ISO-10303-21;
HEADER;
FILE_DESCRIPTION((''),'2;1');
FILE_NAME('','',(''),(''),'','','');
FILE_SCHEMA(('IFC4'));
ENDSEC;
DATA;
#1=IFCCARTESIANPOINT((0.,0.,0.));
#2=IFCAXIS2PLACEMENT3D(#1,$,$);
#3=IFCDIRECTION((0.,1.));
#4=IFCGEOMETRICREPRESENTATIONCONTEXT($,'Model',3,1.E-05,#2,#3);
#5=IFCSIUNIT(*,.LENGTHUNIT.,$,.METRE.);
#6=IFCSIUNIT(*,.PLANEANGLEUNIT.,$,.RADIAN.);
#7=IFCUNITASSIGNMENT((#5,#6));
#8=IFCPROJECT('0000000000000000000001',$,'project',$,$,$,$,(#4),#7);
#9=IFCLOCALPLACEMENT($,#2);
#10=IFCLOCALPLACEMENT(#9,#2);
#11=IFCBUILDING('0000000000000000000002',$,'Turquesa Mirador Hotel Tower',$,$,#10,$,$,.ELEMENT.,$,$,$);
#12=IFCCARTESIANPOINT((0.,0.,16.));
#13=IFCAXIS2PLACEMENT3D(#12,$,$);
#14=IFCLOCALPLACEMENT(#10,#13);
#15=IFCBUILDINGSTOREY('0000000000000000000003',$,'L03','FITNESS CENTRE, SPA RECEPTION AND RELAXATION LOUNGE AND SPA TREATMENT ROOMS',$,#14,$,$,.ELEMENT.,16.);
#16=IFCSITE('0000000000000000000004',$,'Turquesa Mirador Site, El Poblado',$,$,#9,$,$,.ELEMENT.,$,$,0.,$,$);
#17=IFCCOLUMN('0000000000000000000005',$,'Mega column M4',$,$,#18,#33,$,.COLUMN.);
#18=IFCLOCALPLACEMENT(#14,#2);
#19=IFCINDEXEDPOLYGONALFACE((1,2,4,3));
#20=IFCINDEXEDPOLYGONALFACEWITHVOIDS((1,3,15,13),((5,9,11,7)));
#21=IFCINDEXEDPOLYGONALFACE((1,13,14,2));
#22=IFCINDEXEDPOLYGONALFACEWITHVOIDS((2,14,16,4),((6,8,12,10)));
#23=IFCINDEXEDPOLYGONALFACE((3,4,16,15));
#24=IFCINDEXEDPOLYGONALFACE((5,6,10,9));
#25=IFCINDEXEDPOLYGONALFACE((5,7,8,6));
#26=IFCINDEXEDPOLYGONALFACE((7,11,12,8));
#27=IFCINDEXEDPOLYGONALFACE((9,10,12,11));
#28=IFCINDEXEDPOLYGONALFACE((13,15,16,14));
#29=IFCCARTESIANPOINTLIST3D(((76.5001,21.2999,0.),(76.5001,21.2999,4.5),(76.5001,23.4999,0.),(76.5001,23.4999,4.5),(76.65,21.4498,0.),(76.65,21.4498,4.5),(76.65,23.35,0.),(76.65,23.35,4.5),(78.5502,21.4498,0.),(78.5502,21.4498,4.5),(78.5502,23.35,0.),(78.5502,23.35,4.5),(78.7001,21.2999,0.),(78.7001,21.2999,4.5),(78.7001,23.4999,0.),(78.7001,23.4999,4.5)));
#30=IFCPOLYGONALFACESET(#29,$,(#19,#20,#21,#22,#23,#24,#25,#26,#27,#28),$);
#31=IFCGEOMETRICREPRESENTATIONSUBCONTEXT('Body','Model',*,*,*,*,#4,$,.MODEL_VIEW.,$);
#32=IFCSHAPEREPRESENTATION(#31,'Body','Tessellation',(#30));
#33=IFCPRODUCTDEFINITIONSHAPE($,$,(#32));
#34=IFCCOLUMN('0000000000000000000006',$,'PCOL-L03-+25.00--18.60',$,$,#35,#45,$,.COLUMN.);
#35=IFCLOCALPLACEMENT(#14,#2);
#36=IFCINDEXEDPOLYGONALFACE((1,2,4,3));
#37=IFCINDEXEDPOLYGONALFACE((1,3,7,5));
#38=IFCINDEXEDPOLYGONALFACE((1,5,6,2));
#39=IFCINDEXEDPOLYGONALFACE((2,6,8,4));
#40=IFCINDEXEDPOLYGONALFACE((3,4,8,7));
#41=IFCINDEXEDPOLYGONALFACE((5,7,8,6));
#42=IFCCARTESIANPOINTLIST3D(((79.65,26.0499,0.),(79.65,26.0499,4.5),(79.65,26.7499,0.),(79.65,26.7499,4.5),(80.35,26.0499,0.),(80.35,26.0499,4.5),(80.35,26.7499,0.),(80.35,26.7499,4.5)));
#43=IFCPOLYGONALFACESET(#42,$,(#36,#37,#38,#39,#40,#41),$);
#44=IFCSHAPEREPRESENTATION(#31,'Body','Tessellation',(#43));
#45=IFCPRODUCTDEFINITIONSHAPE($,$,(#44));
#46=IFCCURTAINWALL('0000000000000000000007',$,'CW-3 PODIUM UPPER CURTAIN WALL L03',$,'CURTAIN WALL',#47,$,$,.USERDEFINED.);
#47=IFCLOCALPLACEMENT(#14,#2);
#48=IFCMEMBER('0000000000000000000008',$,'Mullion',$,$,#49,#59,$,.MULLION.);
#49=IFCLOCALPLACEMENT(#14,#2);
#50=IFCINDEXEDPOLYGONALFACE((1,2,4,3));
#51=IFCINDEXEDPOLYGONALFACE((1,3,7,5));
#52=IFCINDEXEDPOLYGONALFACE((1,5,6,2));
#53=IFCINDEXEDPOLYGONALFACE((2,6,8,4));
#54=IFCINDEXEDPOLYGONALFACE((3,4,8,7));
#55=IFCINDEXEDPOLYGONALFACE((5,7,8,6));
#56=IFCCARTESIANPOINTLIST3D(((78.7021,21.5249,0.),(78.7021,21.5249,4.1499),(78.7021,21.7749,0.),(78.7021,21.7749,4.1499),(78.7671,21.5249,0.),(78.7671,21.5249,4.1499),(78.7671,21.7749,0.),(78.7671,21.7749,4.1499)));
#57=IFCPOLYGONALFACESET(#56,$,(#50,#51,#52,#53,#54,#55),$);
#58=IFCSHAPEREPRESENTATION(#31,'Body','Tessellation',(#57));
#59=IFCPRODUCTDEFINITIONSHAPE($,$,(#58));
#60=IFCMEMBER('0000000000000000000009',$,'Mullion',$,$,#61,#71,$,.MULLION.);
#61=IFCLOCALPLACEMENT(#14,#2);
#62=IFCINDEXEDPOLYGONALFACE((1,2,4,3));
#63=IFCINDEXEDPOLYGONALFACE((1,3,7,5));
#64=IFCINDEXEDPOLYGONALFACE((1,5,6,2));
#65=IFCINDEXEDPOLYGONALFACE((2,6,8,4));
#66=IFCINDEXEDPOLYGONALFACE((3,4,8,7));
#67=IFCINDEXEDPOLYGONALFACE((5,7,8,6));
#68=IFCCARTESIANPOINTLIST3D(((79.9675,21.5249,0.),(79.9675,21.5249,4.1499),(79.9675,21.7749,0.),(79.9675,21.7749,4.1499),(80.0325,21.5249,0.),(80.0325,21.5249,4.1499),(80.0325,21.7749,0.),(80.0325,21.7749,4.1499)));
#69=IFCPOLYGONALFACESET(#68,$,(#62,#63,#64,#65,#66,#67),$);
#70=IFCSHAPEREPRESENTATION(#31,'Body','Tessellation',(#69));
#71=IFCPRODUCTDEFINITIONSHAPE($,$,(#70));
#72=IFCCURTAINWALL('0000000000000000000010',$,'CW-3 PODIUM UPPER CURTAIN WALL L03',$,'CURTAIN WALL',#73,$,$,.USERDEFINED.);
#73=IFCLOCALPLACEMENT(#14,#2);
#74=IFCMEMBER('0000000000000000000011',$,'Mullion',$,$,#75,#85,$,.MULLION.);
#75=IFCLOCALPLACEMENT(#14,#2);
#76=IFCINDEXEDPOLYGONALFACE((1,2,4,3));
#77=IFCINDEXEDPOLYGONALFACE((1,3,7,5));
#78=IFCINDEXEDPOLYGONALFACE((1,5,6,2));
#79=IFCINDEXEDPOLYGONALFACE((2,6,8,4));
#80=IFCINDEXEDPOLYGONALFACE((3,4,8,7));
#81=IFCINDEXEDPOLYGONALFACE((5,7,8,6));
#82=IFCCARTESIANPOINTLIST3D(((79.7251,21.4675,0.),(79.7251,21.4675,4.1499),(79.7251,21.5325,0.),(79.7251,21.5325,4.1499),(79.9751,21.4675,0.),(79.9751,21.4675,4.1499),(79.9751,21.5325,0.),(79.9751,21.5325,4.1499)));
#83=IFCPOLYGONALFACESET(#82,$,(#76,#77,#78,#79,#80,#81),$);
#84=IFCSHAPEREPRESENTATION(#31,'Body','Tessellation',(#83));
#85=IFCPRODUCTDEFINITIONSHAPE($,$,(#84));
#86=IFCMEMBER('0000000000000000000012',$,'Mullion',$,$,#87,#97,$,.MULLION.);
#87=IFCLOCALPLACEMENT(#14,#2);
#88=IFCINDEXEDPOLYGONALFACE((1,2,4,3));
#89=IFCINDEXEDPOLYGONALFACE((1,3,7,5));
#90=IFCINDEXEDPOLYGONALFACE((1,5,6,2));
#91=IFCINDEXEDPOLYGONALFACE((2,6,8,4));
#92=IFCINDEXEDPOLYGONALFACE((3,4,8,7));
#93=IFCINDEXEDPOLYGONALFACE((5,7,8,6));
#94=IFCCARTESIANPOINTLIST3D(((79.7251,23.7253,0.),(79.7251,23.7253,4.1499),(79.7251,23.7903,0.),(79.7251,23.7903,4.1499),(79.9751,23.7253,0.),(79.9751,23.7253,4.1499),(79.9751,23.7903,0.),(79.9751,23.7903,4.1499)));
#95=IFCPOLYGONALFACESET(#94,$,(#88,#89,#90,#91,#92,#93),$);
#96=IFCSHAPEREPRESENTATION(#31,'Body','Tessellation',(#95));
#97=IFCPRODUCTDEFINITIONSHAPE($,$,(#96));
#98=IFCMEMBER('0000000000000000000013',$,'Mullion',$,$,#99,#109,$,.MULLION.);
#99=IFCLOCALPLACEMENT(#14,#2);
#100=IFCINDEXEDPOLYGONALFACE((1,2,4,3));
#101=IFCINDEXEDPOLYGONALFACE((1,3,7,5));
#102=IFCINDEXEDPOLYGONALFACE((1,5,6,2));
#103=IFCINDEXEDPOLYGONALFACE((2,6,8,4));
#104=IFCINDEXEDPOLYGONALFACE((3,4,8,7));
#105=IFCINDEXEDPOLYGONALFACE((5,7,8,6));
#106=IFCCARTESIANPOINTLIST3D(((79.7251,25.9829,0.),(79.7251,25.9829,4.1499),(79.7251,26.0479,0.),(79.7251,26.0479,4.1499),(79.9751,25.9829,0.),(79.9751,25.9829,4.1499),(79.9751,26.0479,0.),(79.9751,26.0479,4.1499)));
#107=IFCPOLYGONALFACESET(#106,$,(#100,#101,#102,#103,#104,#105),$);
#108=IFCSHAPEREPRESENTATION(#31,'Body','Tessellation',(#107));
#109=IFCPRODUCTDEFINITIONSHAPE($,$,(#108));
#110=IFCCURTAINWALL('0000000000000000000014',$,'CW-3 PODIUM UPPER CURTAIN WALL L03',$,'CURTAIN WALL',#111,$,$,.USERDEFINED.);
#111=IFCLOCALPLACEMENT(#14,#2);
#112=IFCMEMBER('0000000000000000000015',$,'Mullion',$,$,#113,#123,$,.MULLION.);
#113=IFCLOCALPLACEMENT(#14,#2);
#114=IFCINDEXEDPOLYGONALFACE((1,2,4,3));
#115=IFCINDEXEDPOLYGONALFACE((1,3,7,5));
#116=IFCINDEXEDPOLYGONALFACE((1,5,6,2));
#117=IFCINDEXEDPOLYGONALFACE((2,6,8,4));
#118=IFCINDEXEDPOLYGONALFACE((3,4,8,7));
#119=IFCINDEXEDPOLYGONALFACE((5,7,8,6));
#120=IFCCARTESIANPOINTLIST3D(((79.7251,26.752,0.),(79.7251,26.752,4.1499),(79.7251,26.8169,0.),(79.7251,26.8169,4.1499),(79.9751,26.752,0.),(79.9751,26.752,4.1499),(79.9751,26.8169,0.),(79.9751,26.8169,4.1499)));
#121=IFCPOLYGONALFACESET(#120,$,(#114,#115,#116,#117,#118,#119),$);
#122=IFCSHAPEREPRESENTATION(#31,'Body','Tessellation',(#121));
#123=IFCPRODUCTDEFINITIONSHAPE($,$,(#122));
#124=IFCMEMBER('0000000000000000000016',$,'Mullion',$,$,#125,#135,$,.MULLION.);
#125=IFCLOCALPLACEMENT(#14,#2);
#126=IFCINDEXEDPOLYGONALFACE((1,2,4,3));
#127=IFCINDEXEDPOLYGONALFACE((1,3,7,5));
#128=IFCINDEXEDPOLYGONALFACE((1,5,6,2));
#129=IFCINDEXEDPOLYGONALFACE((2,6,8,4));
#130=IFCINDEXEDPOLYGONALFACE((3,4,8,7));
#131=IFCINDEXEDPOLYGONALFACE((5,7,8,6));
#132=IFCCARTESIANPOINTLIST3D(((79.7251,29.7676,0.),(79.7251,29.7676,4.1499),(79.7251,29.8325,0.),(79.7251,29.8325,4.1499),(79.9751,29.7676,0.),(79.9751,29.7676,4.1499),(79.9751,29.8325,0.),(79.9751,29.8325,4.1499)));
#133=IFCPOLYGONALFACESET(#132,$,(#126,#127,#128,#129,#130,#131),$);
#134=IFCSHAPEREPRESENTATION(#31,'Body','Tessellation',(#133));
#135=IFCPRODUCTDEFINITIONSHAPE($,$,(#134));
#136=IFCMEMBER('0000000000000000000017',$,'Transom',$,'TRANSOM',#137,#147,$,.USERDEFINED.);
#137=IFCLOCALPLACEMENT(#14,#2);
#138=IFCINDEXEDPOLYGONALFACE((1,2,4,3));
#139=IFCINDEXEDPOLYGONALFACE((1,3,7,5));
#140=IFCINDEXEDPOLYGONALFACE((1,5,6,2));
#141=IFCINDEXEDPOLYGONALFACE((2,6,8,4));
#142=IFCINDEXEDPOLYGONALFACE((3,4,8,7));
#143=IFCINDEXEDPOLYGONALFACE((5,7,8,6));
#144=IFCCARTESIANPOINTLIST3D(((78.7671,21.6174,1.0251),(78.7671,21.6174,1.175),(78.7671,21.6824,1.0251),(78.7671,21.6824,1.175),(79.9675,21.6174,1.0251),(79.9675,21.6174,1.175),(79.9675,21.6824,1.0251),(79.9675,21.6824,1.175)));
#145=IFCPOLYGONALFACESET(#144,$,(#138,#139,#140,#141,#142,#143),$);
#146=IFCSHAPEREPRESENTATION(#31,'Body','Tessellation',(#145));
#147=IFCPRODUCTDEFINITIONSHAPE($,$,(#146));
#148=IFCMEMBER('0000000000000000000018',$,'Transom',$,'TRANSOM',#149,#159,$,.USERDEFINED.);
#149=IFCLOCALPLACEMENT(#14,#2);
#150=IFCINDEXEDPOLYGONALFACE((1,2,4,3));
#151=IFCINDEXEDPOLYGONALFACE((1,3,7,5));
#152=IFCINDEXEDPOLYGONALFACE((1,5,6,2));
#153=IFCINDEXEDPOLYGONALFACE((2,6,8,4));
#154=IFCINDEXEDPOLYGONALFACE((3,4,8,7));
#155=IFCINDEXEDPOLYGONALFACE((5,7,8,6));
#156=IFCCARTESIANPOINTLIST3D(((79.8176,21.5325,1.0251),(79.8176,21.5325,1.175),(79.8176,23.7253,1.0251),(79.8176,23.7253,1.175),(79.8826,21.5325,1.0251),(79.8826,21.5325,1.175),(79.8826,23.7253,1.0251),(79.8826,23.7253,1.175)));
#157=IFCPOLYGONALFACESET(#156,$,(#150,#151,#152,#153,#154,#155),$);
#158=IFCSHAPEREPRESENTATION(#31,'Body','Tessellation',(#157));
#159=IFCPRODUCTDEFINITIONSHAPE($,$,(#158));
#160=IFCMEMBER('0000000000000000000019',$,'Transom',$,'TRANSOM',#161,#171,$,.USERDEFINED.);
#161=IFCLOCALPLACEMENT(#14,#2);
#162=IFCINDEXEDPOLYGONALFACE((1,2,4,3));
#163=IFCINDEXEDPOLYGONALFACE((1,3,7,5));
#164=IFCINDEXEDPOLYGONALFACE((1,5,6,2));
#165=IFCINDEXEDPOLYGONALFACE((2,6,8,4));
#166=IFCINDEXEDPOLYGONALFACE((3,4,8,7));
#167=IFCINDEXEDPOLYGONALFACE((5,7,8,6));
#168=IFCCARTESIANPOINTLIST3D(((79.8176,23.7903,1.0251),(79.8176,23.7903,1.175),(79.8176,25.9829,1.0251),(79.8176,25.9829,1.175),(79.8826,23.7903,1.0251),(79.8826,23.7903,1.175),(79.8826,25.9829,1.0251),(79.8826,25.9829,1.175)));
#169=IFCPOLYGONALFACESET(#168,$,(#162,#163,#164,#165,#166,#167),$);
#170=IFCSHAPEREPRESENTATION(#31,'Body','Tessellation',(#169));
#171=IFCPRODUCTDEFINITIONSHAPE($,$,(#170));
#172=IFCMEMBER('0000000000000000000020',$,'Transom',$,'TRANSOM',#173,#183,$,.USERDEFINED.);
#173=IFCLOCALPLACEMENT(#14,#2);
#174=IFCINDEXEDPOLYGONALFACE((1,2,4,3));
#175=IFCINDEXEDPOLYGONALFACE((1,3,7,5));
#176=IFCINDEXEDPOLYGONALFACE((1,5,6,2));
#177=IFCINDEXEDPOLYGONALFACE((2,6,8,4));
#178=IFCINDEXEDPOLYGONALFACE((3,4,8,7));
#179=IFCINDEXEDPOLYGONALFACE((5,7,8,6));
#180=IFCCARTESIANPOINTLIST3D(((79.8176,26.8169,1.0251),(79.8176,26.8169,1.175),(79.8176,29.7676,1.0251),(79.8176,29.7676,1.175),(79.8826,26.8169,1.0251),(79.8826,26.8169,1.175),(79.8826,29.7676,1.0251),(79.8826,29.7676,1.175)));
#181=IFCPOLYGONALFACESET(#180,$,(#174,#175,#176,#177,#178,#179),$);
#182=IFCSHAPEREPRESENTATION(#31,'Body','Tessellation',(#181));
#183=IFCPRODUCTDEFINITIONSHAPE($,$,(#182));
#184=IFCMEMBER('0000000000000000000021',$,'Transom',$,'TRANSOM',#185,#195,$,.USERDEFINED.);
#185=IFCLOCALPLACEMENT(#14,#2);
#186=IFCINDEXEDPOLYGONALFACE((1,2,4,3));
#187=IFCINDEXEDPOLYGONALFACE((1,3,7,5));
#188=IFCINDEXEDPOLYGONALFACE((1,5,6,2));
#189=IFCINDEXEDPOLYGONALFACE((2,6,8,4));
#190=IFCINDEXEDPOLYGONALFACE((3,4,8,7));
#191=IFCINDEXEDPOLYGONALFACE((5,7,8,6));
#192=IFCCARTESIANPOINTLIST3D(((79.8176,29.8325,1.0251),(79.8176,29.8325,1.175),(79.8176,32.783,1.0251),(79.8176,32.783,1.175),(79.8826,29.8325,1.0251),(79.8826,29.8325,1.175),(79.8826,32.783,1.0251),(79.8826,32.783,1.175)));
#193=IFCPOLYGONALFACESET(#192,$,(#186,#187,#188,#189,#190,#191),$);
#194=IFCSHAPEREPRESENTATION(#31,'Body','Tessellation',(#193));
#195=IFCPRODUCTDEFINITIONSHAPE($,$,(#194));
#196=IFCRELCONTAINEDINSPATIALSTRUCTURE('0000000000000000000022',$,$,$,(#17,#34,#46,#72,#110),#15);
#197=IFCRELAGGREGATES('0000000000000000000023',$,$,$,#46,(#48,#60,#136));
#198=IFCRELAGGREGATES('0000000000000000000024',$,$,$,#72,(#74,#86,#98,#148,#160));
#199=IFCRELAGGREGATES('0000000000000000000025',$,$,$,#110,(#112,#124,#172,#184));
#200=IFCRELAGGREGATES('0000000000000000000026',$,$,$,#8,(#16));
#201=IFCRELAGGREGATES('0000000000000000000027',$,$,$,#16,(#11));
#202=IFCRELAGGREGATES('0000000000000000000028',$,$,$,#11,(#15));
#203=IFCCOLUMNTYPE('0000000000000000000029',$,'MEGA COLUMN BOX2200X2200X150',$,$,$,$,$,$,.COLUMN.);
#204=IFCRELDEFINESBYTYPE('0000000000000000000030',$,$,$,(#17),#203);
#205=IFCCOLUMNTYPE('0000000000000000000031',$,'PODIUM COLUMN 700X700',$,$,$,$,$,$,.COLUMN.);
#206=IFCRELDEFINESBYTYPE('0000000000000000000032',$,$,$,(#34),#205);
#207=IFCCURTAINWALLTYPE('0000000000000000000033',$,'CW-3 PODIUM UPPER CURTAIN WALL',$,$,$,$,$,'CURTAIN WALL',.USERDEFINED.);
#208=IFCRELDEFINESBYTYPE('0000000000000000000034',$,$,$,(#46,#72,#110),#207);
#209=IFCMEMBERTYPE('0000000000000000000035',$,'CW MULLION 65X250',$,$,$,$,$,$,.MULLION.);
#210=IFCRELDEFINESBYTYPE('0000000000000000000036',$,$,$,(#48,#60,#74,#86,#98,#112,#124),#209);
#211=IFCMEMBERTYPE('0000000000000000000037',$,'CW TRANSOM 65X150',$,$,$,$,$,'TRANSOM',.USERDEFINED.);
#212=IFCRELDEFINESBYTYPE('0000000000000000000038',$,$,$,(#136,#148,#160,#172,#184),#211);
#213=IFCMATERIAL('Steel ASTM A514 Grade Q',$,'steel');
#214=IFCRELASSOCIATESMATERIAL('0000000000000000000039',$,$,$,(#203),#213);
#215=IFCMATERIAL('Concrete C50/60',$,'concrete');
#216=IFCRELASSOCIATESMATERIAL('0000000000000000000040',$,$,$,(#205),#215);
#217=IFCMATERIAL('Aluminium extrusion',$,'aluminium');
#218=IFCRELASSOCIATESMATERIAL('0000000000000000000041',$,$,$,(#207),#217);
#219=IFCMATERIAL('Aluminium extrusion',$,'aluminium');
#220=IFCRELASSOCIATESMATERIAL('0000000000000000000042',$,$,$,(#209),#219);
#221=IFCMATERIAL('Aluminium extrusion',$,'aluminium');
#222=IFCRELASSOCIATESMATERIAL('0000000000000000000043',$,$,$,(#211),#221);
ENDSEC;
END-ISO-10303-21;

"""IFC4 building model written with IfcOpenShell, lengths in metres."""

from ifc_helpers import new_model, si_unit, direction, frame, origin, origin_2d, place, context, subcontext, project, spatial, rectangle, hollow_rectangle, extrude, material, material_profile, profile_set, type_object, element, aggregate, save


model = new_model("IFC4")

# Units and contexts
model_context = context("Model", 3, precision=1e-05, world=origin(), true_north=direction((0.0, 1.0)))
body_context = subcontext(model_context, "Body", "Model", "MODEL_VIEW")
ifc_project = project(units=[si_unit("LENGTHUNIT", "METRE"), si_unit("PLANEANGLEUNIT", "RADIAN")], contexts=[model_context])

# Site, building, storey
site_placement = place(None, origin())
site = spatial("IfcSite", under=ifc_project, at=site_placement, Name="Turquesa Mirador Site, El Poblado", CompositionType="ELEMENT", RefElevation=0.0)
building_placement = place(site_placement, origin())
building = spatial("IfcBuilding", under=site, at=building_placement, Name="Turquesa Mirador Hotel Tower", CompositionType="ELEMENT")
storey_placement = place(building_placement, frame((0.0, 0.0, 16.0)))
storey = spatial("IfcBuildingStorey", under=building, at=storey_placement, Name="L03", Description="FITNESS CENTRE, SPA RECEPTION AND RELAXATION LOUNGE AND SPA TREATMENT ROOMS", CompositionType="ELEMENT", Elevation=16.0)

# Columns
ifc_material_1 = material(Name="Steel ASTM A514 Grade Q", Category="steel")
ifc_material_profile_1 = material_profile(ifc_material_1, hollow_rectangle(XDim=2.2, YDim=2.2, WallThickness=0.1499, at=origin_2d()), Name="BOX2200X2200X150")
ifc_profile_set_1 = profile_set([ifc_material_profile_1], Name="Steel ASTM A514 Grade Q")
column_type_1 = type_object("IfcColumnType", Name="MEGA COLUMN BOX2200X2200X150", PredefinedType="COLUMN", material=ifc_profile_set_1)
column_1_placement = place(storey_placement, frame((77.6001, 22.3999, 0.0), z_axis=(0.0, 0.0, 1.0), x_axis=(1.0, 0.0, 0.0)))
element("IfcColumn", 1, at=column_1_placement, inside=storey, type_object=column_type_1, Name="Mega column M4", PredefinedType="COLUMN", context=body_context, shape_type="SweptSolid", body=[
    extrude(hollow_rectangle(XDim=2.2, YDim=2.2, WallThickness=0.1499, at=origin_2d()), origin(), (0.0, 0.0, 1.0), 4.5),
])
ifc_material_2 = material(Name="Concrete C50/60", Category="concrete")
ifc_material_profile_2 = material_profile(ifc_material_2, rectangle(XDim=0.7, YDim=0.7, at=origin_2d()), Name="RC 700X700")
ifc_profile_set_2 = profile_set([ifc_material_profile_2], Name="Concrete C50/60")
column_type_2 = type_object("IfcColumnType", Name="PODIUM COLUMN 700X700", PredefinedType="COLUMN", material=ifc_profile_set_2)
column_2_placement = place(storey_placement, frame((80.0, 26.3999, 0.0), z_axis=(0.0, 0.0, 1.0), x_axis=(1.0, 0.0, 0.0)))
element("IfcColumn", 2, at=column_2_placement, inside=storey, type_object=column_type_2, Name="PCOL-L03-+25.00--18.60", PredefinedType="COLUMN", context=body_context, shape_type="SweptSolid", body=[
    extrude(rectangle(XDim=0.7, YDim=0.7, at=origin_2d()), origin(), (0.0, 0.0, 1.0), 4.5),
])

# Curtain walls, members
ifc_material_3 = material(Name="Aluminium extrusion", Category="aluminium")
curtain_wall_type = type_object("IfcCurtainWallType", Name="CW-3 PODIUM UPPER CURTAIN WALL", ElementType="CURTAIN WALL", PredefinedType="USERDEFINED", material=ifc_material_3)
curtain_wall_1_placement = place(storey_placement, origin())
curtain_wall_1 = element("IfcCurtainWall", 3, at=curtain_wall_1_placement, inside=storey, type_object=curtain_wall_type, Name="CW-3 PODIUM UPPER CURTAIN WALL L03", ObjectType="CURTAIN WALL", PredefinedType="USERDEFINED")
ifc_material_4 = material(Name="Aluminium extrusion", Category="aluminium")
ifc_material_profile_3 = material_profile(ifc_material_4, rectangle(XDim=0.0649, YDim=0.25, at=origin_2d()), Name="MULLION 65X250")
ifc_profile_set_3 = profile_set([ifc_material_profile_3], Name="Aluminium extrusion")
member_type_1 = type_object("IfcMemberType", Name="CW MULLION 65X250", PredefinedType="MULLION", material=ifc_profile_set_3)
member_1_placement = place(storey_placement, frame((78.7346, 21.6499, 0.0), z_axis=(0.0, 0.0, 1.0), x_axis=(1.0, 0.0, 0.0)))
member_1 = element("IfcMember", 4, at=member_1_placement, type_object=member_type_1, Name="Mullion", PredefinedType="MULLION", context=body_context, shape_type="SweptSolid", body=[
    extrude(rectangle(XDim=0.0649, YDim=0.25, at=origin_2d()), origin(), (0.0, 0.0, 1.0), 4.1499),
])
member_2_placement = place(storey_placement, frame((80.0, 21.6499, 0.0), z_axis=(0.0, 0.0, 1.0), x_axis=(1.0, 0.0, 0.0)))
member_2 = element("IfcMember", 5, at=member_2_placement, type_object=member_type_1, Name="Mullion", PredefinedType="MULLION", context=body_context, shape_type="SweptSolid", body=[
    extrude(rectangle(XDim=0.0649, YDim=0.25, at=origin_2d()), origin(), (0.0, 0.0, 1.0), 4.1499),
])
curtain_wall_2_placement = place(storey_placement, origin())
curtain_wall_2 = element("IfcCurtainWall", 6, at=curtain_wall_2_placement, inside=storey, type_object=curtain_wall_type, Name="CW-3 PODIUM UPPER CURTAIN WALL L03", ObjectType="CURTAIN WALL", PredefinedType="USERDEFINED")
member_3_placement = place(storey_placement, frame((79.8501, 21.5, 0.0), z_axis=(0.0, 0.0, 1.0), x_axis=(0.0, 1.0, 0.0)))
member_3 = element("IfcMember", 7, at=member_3_placement, type_object=member_type_1, Name="Mullion", PredefinedType="MULLION", context=body_context, shape_type="SweptSolid", body=[
    extrude(rectangle(XDim=0.0649, YDim=0.25, at=origin_2d()), origin(), (0.0, 0.0, 1.0), 4.1499),
])
member_4_placement = place(storey_placement, frame((79.8501, 23.7578, 0.0), z_axis=(0.0, 0.0, 1.0), x_axis=(0.0, 1.0, 0.0)))
member_4 = element("IfcMember", 8, at=member_4_placement, type_object=member_type_1, Name="Mullion", PredefinedType="MULLION", context=body_context, shape_type="SweptSolid", body=[
    extrude(rectangle(XDim=0.0649, YDim=0.25, at=origin_2d()), origin(), (0.0, 0.0, 1.0), 4.1499),
])
member_5_placement = place(storey_placement, frame((79.8501, 26.0154, 0.0), z_axis=(0.0, 0.0, 1.0), x_axis=(0.0, 1.0, 0.0)))
member_5 = element("IfcMember", 9, at=member_5_placement, type_object=member_type_1, Name="Mullion", PredefinedType="MULLION", context=body_context, shape_type="SweptSolid", body=[
    extrude(rectangle(XDim=0.0649, YDim=0.25, at=origin_2d()), origin(), (0.0, 0.0, 1.0), 4.1499),
])
curtain_wall_3_placement = place(storey_placement, origin())
curtain_wall_3 = element("IfcCurtainWall", 10, at=curtain_wall_3_placement, inside=storey, type_object=curtain_wall_type, Name="CW-3 PODIUM UPPER CURTAIN WALL L03", ObjectType="CURTAIN WALL", PredefinedType="USERDEFINED")
member_6_placement = place(storey_placement, frame((79.8501, 26.7844, 0.0), z_axis=(0.0, 0.0, 1.0), x_axis=(0.0, 1.0, 0.0)))
member_6 = element("IfcMember", 11, at=member_6_placement, type_object=member_type_1, Name="Mullion", PredefinedType="MULLION", context=body_context, shape_type="SweptSolid", body=[
    extrude(rectangle(XDim=0.0649, YDim=0.25, at=origin_2d()), origin(), (0.0, 0.0, 1.0), 4.1499),
])
member_7_placement = place(storey_placement, frame((79.8501, 29.8, 0.0), z_axis=(0.0, 0.0, 1.0), x_axis=(0.0, 1.0, 0.0)))
member_7 = element("IfcMember", 12, at=member_7_placement, type_object=member_type_1, Name="Mullion", PredefinedType="MULLION", context=body_context, shape_type="SweptSolid", body=[
    extrude(rectangle(XDim=0.0649, YDim=0.25, at=origin_2d()), origin(), (0.0, 0.0, 1.0), 4.1499),
])

# Members
ifc_material_5 = material(Name="Aluminium extrusion", Category="aluminium")
ifc_material_profile_4 = material_profile(ifc_material_5, rectangle(XDim=0.0649, YDim=0.1499, at=origin_2d()), Name="TRANSOM 65X150")
ifc_profile_set_4 = profile_set([ifc_material_profile_4], Name="Aluminium extrusion")
member_type_2 = type_object("IfcMemberType", Name="CW TRANSOM 65X150", ElementType="TRANSOM", PredefinedType="USERDEFINED", material=ifc_profile_set_4)
member_8_placement = place(storey_placement, frame((78.7671, 21.6499, 1.1001), z_axis=(1.0, 0.0, 0.0), x_axis=(0.0, 1.0, 0.0)))
member_8 = element("IfcMember", 13, at=member_8_placement, type_object=member_type_2, Name="Transom", ObjectType="TRANSOM", PredefinedType="USERDEFINED", context=body_context, shape_type="SweptSolid", body=[
    extrude(rectangle(XDim=0.0649, YDim=0.1499, at=origin_2d()), origin(), (0.0, 0.0, 1.0), 1.2004),
])
member_9_placement = place(storey_placement, frame((79.8501, 21.5325, 1.1001), z_axis=(0.0, 1.0, 0.0), x_axis=(-1.0, 0.0, 0.0)))
member_9 = element("IfcMember", 14, at=member_9_placement, type_object=member_type_2, Name="Transom", ObjectType="TRANSOM", PredefinedType="USERDEFINED", context=body_context, shape_type="SweptSolid", body=[
    extrude(rectangle(XDim=0.0649, YDim=0.1499, at=origin_2d()), origin(), (0.0, 0.0, 1.0), 2.1929),
])
member_10_placement = place(storey_placement, frame((79.8501, 23.7903, 1.1001), z_axis=(0.0, 1.0, 0.0), x_axis=(-1.0, 0.0, 0.0)))
member_10 = element("IfcMember", 15, at=member_10_placement, type_object=member_type_2, Name="Transom", ObjectType="TRANSOM", PredefinedType="USERDEFINED", context=body_context, shape_type="SweptSolid", body=[
    extrude(rectangle(XDim=0.0649, YDim=0.1499, at=origin_2d()), origin(), (0.0, 0.0, 1.0), 2.1926),
])
member_11_placement = place(storey_placement, frame((79.8501, 26.8169, 1.1001), z_axis=(0.0, 1.0, 0.0), x_axis=(-1.0, 0.0, 0.0)))
member_11 = element("IfcMember", 16, at=member_11_placement, type_object=member_type_2, Name="Transom", ObjectType="TRANSOM", PredefinedType="USERDEFINED", context=body_context, shape_type="SweptSolid", body=[
    extrude(rectangle(XDim=0.0649, YDim=0.1499, at=origin_2d()), origin(), (0.0, 0.0, 1.0), 2.9507),
])
member_12_placement = place(storey_placement, frame((79.8501, 29.8325, 1.1001), z_axis=(0.0, 1.0, 0.0), x_axis=(-1.0, 0.0, 0.0)))
member_12 = element("IfcMember", 17, at=member_12_placement, type_object=member_type_2, Name="Transom", ObjectType="TRANSOM", PredefinedType="USERDEFINED", context=body_context, shape_type="SweptSolid", body=[
    extrude(rectangle(XDim=0.0649, YDim=0.1499, at=origin_2d()), origin(), (0.0, 0.0, 1.0), 2.9504),
])

aggregate(curtain_wall_1, [member_1, member_2, member_8])
aggregate(curtain_wall_2, [member_3, member_4, member_5, member_9, member_10])
aggregate(curtain_wall_3, [member_6, member_7, member_11, member_12])

save(model, "model.ifc")
